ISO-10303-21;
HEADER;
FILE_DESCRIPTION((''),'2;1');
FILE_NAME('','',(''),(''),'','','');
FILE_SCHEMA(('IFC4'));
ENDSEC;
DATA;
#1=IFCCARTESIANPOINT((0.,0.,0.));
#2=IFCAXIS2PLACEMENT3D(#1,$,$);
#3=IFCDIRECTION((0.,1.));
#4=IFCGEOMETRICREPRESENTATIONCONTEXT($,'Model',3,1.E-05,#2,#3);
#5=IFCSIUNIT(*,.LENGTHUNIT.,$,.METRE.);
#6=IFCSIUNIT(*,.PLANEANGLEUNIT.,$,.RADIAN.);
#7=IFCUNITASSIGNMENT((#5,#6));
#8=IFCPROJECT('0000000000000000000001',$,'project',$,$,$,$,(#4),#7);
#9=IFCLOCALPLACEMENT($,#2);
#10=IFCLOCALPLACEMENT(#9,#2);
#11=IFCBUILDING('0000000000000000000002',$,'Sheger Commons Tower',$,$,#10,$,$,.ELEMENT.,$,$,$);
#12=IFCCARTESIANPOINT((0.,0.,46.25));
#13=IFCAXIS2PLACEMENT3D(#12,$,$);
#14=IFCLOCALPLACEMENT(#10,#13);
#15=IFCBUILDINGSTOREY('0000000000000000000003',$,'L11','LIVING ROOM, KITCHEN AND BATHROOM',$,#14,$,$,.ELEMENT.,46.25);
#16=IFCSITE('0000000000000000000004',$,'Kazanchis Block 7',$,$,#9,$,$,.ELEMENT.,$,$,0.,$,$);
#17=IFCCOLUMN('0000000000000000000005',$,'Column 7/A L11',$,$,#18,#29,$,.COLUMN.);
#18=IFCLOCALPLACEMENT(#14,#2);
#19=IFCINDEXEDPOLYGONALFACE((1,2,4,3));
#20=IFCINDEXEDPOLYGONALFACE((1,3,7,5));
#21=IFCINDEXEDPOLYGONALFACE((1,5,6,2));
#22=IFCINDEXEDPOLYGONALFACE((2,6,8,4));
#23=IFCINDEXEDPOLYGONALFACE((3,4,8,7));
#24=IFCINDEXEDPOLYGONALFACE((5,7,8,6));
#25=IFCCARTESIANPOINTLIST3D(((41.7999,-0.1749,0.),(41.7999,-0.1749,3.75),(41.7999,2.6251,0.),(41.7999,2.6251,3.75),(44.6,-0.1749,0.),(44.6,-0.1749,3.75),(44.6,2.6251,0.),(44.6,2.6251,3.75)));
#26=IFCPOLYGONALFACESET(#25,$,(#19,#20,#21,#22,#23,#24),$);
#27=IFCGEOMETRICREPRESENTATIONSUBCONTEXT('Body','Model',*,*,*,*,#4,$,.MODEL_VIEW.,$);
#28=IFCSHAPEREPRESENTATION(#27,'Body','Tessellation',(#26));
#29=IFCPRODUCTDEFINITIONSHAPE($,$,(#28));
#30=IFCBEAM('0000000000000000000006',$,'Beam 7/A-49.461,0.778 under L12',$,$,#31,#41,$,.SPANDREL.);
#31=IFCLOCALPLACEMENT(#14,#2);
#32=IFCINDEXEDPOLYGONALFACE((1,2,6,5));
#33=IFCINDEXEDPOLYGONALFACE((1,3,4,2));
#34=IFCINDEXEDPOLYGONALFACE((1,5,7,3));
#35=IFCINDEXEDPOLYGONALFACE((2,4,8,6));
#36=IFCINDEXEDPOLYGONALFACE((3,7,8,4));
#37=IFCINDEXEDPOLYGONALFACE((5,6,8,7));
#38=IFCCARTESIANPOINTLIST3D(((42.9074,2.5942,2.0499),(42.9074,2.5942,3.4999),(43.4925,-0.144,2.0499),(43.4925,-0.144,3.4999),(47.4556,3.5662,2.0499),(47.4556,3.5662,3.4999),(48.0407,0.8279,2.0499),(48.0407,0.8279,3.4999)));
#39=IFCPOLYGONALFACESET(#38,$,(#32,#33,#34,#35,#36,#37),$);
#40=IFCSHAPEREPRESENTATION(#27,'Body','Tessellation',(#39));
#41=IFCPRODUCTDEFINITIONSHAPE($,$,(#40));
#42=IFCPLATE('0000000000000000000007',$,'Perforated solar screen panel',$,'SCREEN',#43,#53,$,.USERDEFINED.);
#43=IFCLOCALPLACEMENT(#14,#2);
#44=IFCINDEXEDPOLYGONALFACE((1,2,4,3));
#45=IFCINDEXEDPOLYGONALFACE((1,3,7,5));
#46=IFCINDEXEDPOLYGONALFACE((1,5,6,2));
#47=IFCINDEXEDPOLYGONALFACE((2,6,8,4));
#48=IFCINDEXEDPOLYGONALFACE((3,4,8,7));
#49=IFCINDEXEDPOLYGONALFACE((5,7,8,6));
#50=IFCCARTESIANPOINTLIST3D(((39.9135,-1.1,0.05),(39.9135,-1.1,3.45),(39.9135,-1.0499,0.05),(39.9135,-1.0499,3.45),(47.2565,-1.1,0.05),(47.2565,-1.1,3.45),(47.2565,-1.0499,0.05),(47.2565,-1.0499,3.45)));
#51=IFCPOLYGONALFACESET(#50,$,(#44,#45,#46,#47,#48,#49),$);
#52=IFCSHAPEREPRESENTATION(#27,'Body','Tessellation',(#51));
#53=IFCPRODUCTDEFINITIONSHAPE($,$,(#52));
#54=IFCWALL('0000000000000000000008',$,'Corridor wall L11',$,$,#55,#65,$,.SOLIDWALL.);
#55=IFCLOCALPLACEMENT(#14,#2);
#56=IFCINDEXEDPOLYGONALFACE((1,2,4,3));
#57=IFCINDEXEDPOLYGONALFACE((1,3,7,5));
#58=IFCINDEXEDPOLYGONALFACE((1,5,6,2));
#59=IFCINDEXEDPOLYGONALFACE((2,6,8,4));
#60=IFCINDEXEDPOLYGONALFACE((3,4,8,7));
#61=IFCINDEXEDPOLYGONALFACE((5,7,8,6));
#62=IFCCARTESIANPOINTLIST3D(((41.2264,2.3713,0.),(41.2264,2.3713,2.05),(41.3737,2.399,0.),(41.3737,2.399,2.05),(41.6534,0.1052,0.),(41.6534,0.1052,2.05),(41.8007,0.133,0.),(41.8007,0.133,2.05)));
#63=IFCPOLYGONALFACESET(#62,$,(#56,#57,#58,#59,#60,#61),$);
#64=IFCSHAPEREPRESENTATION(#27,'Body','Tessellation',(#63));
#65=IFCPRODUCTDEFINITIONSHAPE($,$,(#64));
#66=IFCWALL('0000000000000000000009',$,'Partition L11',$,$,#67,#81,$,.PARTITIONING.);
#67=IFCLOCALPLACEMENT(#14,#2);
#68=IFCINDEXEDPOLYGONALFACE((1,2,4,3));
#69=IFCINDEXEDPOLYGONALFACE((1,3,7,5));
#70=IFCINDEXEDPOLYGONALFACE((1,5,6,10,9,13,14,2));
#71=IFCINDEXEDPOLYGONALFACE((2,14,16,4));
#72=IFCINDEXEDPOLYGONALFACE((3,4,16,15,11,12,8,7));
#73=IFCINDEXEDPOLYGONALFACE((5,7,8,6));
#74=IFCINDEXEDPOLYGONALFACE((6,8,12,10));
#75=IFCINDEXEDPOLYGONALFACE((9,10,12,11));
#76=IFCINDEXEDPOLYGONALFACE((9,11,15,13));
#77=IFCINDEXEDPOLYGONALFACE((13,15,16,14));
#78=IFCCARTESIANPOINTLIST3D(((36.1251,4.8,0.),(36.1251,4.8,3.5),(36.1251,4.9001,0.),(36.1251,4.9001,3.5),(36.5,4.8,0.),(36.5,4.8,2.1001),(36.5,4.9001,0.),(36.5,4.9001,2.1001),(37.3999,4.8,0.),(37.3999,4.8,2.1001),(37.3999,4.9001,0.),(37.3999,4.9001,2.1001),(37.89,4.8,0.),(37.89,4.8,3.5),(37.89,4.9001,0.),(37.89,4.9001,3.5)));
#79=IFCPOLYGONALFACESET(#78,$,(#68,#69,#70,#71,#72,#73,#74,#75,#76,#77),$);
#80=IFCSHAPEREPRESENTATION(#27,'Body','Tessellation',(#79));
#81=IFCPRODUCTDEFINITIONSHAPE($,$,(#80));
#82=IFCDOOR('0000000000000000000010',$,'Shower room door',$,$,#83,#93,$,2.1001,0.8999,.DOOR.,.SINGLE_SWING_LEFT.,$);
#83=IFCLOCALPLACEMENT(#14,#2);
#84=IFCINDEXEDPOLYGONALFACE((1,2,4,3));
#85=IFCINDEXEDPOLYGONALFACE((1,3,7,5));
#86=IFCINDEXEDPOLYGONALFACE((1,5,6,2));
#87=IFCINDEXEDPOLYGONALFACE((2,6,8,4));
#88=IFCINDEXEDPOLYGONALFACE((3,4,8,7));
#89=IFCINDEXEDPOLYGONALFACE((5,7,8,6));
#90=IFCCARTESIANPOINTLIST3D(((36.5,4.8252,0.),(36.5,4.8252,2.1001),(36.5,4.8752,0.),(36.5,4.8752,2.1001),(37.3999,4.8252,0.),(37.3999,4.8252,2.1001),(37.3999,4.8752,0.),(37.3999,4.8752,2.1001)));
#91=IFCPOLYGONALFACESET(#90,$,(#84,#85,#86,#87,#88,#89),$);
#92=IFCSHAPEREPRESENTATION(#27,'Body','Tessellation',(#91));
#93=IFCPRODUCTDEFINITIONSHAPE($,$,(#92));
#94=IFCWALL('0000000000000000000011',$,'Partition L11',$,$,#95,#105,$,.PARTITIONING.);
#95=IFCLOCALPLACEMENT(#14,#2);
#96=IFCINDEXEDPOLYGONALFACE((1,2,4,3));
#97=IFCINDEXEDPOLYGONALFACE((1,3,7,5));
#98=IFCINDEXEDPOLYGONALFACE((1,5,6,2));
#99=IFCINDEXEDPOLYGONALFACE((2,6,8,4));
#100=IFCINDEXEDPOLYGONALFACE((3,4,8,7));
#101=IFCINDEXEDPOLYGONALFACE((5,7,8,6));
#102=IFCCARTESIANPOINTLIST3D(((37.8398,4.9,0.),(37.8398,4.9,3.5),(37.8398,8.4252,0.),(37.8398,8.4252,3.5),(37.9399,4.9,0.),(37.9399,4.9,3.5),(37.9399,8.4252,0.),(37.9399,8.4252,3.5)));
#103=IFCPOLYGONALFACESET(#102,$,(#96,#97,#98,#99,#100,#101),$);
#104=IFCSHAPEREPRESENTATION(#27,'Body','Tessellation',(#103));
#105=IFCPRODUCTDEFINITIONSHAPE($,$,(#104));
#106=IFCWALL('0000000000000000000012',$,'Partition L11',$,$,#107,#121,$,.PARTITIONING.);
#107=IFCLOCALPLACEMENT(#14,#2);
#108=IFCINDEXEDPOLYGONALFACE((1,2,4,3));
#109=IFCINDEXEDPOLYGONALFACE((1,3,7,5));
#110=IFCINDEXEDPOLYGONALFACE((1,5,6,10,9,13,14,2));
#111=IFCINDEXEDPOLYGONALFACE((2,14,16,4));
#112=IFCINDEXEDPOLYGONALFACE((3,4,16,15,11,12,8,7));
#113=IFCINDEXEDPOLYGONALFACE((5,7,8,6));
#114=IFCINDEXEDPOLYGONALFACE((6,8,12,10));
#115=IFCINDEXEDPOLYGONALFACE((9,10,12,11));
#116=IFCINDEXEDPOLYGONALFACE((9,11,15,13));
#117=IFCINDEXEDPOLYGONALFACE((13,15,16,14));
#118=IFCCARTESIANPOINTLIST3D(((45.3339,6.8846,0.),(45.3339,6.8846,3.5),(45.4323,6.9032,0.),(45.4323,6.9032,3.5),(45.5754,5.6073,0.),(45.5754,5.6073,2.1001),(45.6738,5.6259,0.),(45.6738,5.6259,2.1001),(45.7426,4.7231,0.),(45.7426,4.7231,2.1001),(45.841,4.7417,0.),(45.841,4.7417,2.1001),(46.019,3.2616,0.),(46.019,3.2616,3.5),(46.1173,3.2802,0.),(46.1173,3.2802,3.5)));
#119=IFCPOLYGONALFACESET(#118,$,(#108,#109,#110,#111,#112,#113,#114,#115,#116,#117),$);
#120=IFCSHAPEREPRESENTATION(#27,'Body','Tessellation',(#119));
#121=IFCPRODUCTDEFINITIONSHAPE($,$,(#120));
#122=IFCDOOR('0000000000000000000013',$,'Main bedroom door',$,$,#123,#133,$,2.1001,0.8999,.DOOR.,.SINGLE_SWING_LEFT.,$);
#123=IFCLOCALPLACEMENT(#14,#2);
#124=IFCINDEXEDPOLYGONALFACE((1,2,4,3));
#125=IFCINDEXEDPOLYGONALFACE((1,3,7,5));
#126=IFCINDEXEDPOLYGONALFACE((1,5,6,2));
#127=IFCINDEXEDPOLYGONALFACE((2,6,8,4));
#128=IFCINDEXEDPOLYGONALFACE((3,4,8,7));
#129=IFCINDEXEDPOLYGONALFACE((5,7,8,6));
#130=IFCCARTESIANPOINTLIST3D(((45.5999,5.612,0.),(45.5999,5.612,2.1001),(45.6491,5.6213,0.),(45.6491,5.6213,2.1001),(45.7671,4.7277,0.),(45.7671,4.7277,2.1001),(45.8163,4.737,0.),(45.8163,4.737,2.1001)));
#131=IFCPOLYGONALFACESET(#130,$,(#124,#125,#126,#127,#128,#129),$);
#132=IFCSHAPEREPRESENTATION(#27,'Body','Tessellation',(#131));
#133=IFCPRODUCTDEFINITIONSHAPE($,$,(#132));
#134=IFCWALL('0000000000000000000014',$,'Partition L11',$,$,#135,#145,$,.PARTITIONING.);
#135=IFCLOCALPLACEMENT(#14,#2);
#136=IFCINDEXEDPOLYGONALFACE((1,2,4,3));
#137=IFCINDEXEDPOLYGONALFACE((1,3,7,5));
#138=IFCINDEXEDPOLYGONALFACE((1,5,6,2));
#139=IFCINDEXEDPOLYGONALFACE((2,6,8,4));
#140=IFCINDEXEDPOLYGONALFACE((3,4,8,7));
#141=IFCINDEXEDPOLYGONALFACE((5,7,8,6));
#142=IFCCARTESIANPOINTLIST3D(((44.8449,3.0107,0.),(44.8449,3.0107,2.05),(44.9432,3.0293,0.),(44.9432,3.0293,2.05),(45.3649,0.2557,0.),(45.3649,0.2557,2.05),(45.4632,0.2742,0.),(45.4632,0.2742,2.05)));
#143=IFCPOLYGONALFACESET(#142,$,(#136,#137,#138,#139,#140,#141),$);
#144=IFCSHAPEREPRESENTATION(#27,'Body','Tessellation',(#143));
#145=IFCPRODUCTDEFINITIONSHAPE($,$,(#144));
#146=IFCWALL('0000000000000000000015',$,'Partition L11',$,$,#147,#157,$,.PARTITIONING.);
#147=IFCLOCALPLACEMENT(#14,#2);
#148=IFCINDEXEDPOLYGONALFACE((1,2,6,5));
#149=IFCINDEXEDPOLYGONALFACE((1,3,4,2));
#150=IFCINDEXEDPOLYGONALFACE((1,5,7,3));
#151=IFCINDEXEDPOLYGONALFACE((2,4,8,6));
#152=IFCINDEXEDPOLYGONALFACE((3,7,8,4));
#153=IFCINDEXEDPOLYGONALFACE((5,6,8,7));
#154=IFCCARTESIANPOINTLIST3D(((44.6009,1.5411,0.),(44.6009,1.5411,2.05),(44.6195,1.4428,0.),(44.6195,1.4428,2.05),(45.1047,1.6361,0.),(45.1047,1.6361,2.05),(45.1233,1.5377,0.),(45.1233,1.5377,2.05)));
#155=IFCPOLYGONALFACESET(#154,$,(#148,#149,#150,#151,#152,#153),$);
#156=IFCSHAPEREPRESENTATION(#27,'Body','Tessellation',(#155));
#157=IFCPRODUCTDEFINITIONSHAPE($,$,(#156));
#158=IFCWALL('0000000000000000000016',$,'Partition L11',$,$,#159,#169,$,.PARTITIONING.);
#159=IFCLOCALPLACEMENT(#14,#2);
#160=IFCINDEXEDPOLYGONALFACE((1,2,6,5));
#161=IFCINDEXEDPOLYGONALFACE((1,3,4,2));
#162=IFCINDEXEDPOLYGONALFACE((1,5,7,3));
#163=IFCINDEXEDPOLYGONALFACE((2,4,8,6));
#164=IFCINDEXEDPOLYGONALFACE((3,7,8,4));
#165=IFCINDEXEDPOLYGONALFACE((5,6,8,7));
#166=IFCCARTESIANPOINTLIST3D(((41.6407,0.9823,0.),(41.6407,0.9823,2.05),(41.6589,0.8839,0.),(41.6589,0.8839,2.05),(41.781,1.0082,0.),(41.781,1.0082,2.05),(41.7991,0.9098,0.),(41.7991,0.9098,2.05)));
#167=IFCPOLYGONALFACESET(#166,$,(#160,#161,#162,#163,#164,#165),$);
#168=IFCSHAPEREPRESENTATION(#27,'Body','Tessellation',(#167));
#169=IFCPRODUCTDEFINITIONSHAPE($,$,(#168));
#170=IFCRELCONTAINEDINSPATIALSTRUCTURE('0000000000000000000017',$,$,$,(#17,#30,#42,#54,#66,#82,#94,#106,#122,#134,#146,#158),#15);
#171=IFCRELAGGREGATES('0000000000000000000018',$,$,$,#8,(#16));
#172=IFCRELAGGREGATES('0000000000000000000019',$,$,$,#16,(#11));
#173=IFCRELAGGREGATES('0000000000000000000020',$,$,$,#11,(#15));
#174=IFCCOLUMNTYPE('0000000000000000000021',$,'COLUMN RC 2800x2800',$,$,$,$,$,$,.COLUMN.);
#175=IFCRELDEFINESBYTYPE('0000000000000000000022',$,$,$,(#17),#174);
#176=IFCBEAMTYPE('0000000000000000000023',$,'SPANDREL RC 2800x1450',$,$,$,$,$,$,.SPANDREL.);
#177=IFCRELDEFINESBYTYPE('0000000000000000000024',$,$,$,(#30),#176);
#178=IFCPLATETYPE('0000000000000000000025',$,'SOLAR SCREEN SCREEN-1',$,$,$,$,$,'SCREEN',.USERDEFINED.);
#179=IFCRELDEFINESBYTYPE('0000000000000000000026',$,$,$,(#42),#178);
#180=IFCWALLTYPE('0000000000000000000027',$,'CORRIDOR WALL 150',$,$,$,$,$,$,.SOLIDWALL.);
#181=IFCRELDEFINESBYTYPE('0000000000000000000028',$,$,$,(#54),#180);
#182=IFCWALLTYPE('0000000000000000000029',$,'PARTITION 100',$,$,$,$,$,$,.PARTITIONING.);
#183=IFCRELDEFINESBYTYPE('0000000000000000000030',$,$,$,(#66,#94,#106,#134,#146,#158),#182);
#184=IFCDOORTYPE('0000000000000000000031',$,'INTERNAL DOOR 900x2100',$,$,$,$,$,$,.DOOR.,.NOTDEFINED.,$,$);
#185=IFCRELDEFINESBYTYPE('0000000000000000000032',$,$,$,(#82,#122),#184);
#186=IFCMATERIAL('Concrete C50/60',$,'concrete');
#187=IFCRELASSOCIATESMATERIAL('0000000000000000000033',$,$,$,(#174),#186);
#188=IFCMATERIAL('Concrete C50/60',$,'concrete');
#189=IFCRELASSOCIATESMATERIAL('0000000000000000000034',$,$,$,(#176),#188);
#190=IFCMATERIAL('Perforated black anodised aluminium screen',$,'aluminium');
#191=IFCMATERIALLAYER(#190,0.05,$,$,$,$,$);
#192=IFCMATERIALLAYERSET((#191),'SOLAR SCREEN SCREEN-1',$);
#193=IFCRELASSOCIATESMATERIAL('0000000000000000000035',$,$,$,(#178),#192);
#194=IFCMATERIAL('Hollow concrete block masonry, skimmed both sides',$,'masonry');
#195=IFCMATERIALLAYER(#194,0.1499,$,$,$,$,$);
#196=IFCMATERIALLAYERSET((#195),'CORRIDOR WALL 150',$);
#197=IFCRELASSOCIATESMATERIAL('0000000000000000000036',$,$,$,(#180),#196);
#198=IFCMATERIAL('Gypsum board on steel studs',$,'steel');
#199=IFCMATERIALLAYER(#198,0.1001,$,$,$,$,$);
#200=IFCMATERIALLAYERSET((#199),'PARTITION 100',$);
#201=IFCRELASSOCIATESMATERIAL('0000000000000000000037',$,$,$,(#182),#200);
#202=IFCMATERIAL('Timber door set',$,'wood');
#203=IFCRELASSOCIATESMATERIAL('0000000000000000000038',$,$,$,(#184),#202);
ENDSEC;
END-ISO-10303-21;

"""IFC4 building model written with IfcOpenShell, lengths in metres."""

from ifc_helpers import new_model, si_unit, direction, frame, frame_2d, origin, origin_2d, place, context, subcontext, project, spatial, rectangle, extrude, material, layer, layer_set, material_profile, profile_set, type_object, element, fill, save


model = new_model("IFC4")

# Units and contexts
model_context = context("Model", 3, precision=1e-05, world=origin(), true_north=direction((0.0, 1.0)))
body_context = subcontext(model_context, "Body", "Model", "MODEL_VIEW")
ifc_project = project(units=[si_unit("LENGTHUNIT", "METRE"), si_unit("PLANEANGLEUNIT", "RADIAN")], contexts=[model_context])

# Site, building, storey
site_placement = place(None, origin())
site = spatial("IfcSite", under=ifc_project, at=site_placement, Name="Kazanchis Block 7", CompositionType="ELEMENT", RefElevation=0.0)
building_placement = place(site_placement, origin())
building = spatial("IfcBuilding", under=site, at=building_placement, Name="Sheger Commons Tower", CompositionType="ELEMENT")
storey_placement = place(building_placement, frame((0.0, 0.0, 46.25)))
storey = spatial("IfcBuildingStorey", under=building, at=storey_placement, Name="L11", Description="LIVING ROOM, KITCHEN AND BATHROOM", CompositionType="ELEMENT", Elevation=46.25)

# Column
ifc_material_1 = material(Name="Concrete C50/60", Category="concrete")
ifc_material_profile_1 = material_profile(ifc_material_1, rectangle(XDim=2.8, YDim=2.8, at=origin_2d()), Name="RC 2800x2800")
ifc_profile_set_1 = profile_set([ifc_material_profile_1], Name="Concrete C50/60")
column_type = type_object("IfcColumnType", Name="COLUMN RC 2800x2800", PredefinedType="COLUMN", material=ifc_profile_set_1)
column_placement = place(storey_placement, frame((43.2, 1.2251, 0.0), z_axis=(0.0, 0.0, 1.0), x_axis=(1.0, 0.0, 0.0)))
element("IfcColumn", 1, at=column_placement, inside=storey, type_object=column_type, Name="Column 7/A L11", PredefinedType="COLUMN", context=body_context, shape_type="SweptSolid", body=[
    extrude(rectangle(XDim=2.8, YDim=2.8, at=origin_2d()), origin(), (0.0, 0.0, 1.0), 3.75),
])

# Beam
ifc_material_2 = material(Name="Concrete C50/60", Category="concrete")
ifc_material_profile_2 = material_profile(ifc_material_2, rectangle(XDim=2.8, YDim=1.45, at=origin_2d()), Name="RC 2800x1450")
ifc_profile_set_2 = profile_set([ifc_material_profile_2], Name="Concrete C50/60")
beam_type = type_object("IfcBeamType", Name="SPANDREL RC 2800x1450", PredefinedType="SPANDREL", material=ifc_profile_set_2)
beam_placement = place(storey_placement, frame((43.2, 1.2251, 2.7749), z_axis=(0.97792, 0.208981, 0.0), x_axis=(-0.208981, 0.97792, 0.0)))
element("IfcBeam", 2, at=beam_placement, inside=storey, type_object=beam_type, Name="Beam 7/A-49.461,0.778 under L12", PredefinedType="SPANDREL", context=body_context, shape_type="SweptSolid", body=[
    extrude(rectangle(XDim=2.8, YDim=1.45, at=origin_2d()), origin(), (0.0, 0.0, 1.0), 4.6509),
])

# Plate
ifc_material_3 = material(Name="Perforated black anodised aluminium screen", Category="aluminium")
ifc_layer_1 = layer(ifc_material_3, 0.05)
ifc_layer_set_1 = layer_set([ifc_layer_1], Name="SOLAR SCREEN SCREEN-1")
plate_type = type_object("IfcPlateType", Name="SOLAR SCREEN SCREEN-1", ElementType="SCREEN", PredefinedType="USERDEFINED", material=ifc_layer_set_1)
plate_placement = place(storey_placement, frame((43.585, -1.075, 0.05), z_axis=(0.0, 0.0, 1.0), x_axis=(1.0, 0.0, 0.0)))
element("IfcPlate", 3, at=plate_placement, inside=storey, type_object=plate_type, Name="Perforated solar screen panel", ObjectType="SCREEN", PredefinedType="USERDEFINED", context=body_context, shape_type="SweptSolid", body=[
    extrude(rectangle(XDim=7.343, YDim=0.05, at=origin_2d()), origin(), (0.0, 0.0, 1.0), 3.3999),
])

# Wall
ifc_material_4 = material(Name="Hollow concrete block masonry, skimmed both sides", Category="masonry")
ifc_layer_2 = layer(ifc_material_4, 0.1499)
ifc_layer_set_2 = layer_set([ifc_layer_2], Name="CORRIDOR WALL 150")
wall_type_1 = type_object("IfcWallType", Name="CORRIDOR WALL 150", PredefinedType="SOLIDWALL", material=ifc_layer_set_2)
wall_1_placement = place(storey_placement, frame((41.3, 2.385, 0.0), z_axis=(0.0, 0.0, 1.0), x_axis=(0.185171, -0.982706, 0.0)))
element("IfcWall", 4, at=wall_1_placement, inside=storey, type_object=wall_type_1, Name="Corridor wall L11", PredefinedType="SOLIDWALL", context=body_context, shape_type="SweptSolid", body=[
    extrude(rectangle(XDim=2.3059, YDim=0.1499, at=frame_2d((1.1528, 0.0))), origin(), (0.0, 0.0, 1.0), 2.05),
])

# Wall, opening, door
ifc_material_5 = material(Name="Gypsum board on steel studs", Category="steel")
ifc_layer_3 = layer(ifc_material_5, 0.1001)
ifc_layer_set_3 = layer_set([ifc_layer_3], Name="PARTITION 100")
wall_type_2 = type_object("IfcWallType", Name="PARTITION 100", PredefinedType="PARTITIONING", material=ifc_layer_set_3)
wall_2_placement = place(storey_placement, frame((37.8899, 4.8501, 0.0), z_axis=(0.0, 0.0, 1.0), x_axis=(-1.0, 0.0, 0.0)))
wall_2 = element("IfcWall", 5, at=wall_2_placement, inside=storey, type_object=wall_type_2, Name="Partition L11", PredefinedType="PARTITIONING", context=body_context, shape_type="SweptSolid", body=[
    extrude(rectangle(XDim=1.7649, YDim=0.1001, at=frame_2d((0.8823, 0.0))), origin(), (0.0, 0.0, 1.0), 3.5),
])
opening_1_placement = place(wall_2_placement, frame((0.49, 0.0, 0.0)))
opening_1 = element("IfcOpeningElement", 6, at=opening_1_placement, cuts=wall_2, PredefinedType="OPENING", context=body_context, shape_type="SweptSolid", body=[
    extrude(rectangle(XDim=0.8999, YDim=2.1001, at=frame_2d((0.45, 1.05))), frame((0.0, 0.0601, 0.0), z_axis=(0.0, -1.0, 0.0), x_axis=(1.0, 0.0, 0.0)), (0.0, 0.0, 1.0), 0.1201),
])
ifc_material_6 = material(Name="Timber door set", Category="wood")
door_type = type_object("IfcDoorType", Name="INTERNAL DOOR 900x2100", OperationType="NOTDEFINED", PredefinedType="DOOR", material=ifc_material_6)
door_1_placement = place(opening_1_placement, origin())
door_1 = element("IfcDoor", 7, at=door_1_placement, inside=storey, type_object=door_type, Name="Shower room door", OperationType="SINGLE_SWING_LEFT", OverallHeight=2.1001, OverallWidth=0.8999, PredefinedType="DOOR", context=body_context, shape_type="SweptSolid", body=[
    extrude(rectangle(XDim=0.8999, YDim=2.1001, at=frame_2d((0.45, 1.05))), frame((0.0, 0.0249, 0.0), z_axis=(0.0, -1.0, 0.0), x_axis=(1.0, 0.0, 0.0)), (0.0, 0.0, 1.0), 0.05),
])
fill(opening_1, door_1)

# Wall
wall_3_placement = place(storey_placement, frame((37.8899, 4.8999, 0.0), z_axis=(0.0, 0.0, 1.0), x_axis=(0.0, 1.0, 0.0)))
element("IfcWall", 8, at=wall_3_placement, inside=storey, type_object=wall_type_2, Name="Partition L11", PredefinedType="PARTITIONING", context=body_context, shape_type="SweptSolid", body=[
    extrude(rectangle(XDim=3.5251, YDim=0.1001, at=frame_2d((1.7627, 0.0))), origin(), (0.0, 0.0, 1.0), 3.5),
])

# Wall, opening, door
wall_4_placement = place(storey_placement, frame((45.3831, 6.894, 0.0), z_axis=(0.0, 0.0, 1.0), x_axis=(0.185791, -0.982589, 0.0)))
wall_4 = element("IfcWall", 9, at=wall_4_placement, inside=storey, type_object=wall_type_2, Name="Partition L11", PredefinedType="PARTITIONING", context=body_context, shape_type="SweptSolid", body=[
    extrude(rectangle(XDim=3.6873, YDim=0.1001, at=frame_2d((1.8438, 0.0))), origin(), (0.0, 0.0, 1.0), 3.5),
])
opening_2_placement = place(wall_4_placement, frame((1.3, 0.0, 0.0)))
opening_2 = element("IfcOpeningElement", 10, at=opening_2_placement, cuts=wall_4, PredefinedType="OPENING", context=body_context, shape_type="SweptSolid", body=[
    extrude(rectangle(XDim=0.8999, YDim=2.1001, at=frame_2d((0.45, 1.05))), frame((0.0, 0.0601, 0.0), z_axis=(0.0, -1.0, 0.0), x_axis=(1.0, 0.0, 0.0)), (0.0, 0.0, 1.0), 0.1201),
])
door_2_placement = place(opening_2_placement, origin())
door_2 = element("IfcDoor", 11, at=door_2_placement, inside=storey, type_object=door_type, Name="Main bedroom door", OperationType="SINGLE_SWING_LEFT", OverallHeight=2.1001, OverallWidth=0.8999, PredefinedType="DOOR", context=body_context, shape_type="SweptSolid", body=[
    extrude(rectangle(XDim=0.8999, YDim=2.1001, at=frame_2d((0.45, 1.05))), frame((0.0, 0.0249, 0.0), z_axis=(0.0, -1.0, 0.0), x_axis=(1.0, 0.0, 0.0)), (0.0, 0.0, 1.0), 0.05),
])
fill(opening_2, door_2)

# Walls
wall_5_placement = place(storey_placement, frame((44.894, 3.02, 0.0), z_axis=(0.0, 0.0, 1.0), x_axis=(0.185471, -0.98265, 0.0)))
element("IfcWall", 12, at=wall_5_placement, inside=storey, type_object=wall_type_2, Name="Partition L11", PredefinedType="PARTITIONING", context=body_context, shape_type="SweptSolid", body=[
    extrude(rectangle(XDim=2.8037, YDim=0.1001, at=frame_2d((1.4019, 0.0))), origin(), (0.0, 0.0, 1.0), 2.05),
])
wall_6_placement = place(storey_placement, frame((45.114, 1.5869, 0.0), z_axis=(0.0, 0.0, 1.0), x_axis=(-0.982699, -0.185208, 0.0)))
element("IfcWall", 13, at=wall_6_placement, inside=storey, type_object=wall_type_2, Name="Partition L11", PredefinedType="PARTITIONING", context=body_context, shape_type="SweptSolid", body=[
    extrude(rectangle(XDim=0.5127, YDim=0.1001, at=frame_2d((0.2563, 0.0))), origin(), (0.0, 0.0, 1.0), 2.05),
])
wall_7_placement = place(storey_placement, frame((41.79, 0.959, 0.0), z_axis=(0.0, 0.0, 1.0), x_axis=(-0.983373, -0.181598, 0.0)))
element("IfcWall", 14, at=wall_7_placement, inside=storey, type_object=wall_type_2, Name="Partition L11", PredefinedType="PARTITIONING", context=body_context, shape_type="SweptSolid", body=[
    extrude(rectangle(XDim=0.1426, YDim=0.1001, at=frame_2d((0.0713, 0.0))), origin(), (0.0, 0.0, 1.0), 2.05),
])

save(model, "model.ifc")
